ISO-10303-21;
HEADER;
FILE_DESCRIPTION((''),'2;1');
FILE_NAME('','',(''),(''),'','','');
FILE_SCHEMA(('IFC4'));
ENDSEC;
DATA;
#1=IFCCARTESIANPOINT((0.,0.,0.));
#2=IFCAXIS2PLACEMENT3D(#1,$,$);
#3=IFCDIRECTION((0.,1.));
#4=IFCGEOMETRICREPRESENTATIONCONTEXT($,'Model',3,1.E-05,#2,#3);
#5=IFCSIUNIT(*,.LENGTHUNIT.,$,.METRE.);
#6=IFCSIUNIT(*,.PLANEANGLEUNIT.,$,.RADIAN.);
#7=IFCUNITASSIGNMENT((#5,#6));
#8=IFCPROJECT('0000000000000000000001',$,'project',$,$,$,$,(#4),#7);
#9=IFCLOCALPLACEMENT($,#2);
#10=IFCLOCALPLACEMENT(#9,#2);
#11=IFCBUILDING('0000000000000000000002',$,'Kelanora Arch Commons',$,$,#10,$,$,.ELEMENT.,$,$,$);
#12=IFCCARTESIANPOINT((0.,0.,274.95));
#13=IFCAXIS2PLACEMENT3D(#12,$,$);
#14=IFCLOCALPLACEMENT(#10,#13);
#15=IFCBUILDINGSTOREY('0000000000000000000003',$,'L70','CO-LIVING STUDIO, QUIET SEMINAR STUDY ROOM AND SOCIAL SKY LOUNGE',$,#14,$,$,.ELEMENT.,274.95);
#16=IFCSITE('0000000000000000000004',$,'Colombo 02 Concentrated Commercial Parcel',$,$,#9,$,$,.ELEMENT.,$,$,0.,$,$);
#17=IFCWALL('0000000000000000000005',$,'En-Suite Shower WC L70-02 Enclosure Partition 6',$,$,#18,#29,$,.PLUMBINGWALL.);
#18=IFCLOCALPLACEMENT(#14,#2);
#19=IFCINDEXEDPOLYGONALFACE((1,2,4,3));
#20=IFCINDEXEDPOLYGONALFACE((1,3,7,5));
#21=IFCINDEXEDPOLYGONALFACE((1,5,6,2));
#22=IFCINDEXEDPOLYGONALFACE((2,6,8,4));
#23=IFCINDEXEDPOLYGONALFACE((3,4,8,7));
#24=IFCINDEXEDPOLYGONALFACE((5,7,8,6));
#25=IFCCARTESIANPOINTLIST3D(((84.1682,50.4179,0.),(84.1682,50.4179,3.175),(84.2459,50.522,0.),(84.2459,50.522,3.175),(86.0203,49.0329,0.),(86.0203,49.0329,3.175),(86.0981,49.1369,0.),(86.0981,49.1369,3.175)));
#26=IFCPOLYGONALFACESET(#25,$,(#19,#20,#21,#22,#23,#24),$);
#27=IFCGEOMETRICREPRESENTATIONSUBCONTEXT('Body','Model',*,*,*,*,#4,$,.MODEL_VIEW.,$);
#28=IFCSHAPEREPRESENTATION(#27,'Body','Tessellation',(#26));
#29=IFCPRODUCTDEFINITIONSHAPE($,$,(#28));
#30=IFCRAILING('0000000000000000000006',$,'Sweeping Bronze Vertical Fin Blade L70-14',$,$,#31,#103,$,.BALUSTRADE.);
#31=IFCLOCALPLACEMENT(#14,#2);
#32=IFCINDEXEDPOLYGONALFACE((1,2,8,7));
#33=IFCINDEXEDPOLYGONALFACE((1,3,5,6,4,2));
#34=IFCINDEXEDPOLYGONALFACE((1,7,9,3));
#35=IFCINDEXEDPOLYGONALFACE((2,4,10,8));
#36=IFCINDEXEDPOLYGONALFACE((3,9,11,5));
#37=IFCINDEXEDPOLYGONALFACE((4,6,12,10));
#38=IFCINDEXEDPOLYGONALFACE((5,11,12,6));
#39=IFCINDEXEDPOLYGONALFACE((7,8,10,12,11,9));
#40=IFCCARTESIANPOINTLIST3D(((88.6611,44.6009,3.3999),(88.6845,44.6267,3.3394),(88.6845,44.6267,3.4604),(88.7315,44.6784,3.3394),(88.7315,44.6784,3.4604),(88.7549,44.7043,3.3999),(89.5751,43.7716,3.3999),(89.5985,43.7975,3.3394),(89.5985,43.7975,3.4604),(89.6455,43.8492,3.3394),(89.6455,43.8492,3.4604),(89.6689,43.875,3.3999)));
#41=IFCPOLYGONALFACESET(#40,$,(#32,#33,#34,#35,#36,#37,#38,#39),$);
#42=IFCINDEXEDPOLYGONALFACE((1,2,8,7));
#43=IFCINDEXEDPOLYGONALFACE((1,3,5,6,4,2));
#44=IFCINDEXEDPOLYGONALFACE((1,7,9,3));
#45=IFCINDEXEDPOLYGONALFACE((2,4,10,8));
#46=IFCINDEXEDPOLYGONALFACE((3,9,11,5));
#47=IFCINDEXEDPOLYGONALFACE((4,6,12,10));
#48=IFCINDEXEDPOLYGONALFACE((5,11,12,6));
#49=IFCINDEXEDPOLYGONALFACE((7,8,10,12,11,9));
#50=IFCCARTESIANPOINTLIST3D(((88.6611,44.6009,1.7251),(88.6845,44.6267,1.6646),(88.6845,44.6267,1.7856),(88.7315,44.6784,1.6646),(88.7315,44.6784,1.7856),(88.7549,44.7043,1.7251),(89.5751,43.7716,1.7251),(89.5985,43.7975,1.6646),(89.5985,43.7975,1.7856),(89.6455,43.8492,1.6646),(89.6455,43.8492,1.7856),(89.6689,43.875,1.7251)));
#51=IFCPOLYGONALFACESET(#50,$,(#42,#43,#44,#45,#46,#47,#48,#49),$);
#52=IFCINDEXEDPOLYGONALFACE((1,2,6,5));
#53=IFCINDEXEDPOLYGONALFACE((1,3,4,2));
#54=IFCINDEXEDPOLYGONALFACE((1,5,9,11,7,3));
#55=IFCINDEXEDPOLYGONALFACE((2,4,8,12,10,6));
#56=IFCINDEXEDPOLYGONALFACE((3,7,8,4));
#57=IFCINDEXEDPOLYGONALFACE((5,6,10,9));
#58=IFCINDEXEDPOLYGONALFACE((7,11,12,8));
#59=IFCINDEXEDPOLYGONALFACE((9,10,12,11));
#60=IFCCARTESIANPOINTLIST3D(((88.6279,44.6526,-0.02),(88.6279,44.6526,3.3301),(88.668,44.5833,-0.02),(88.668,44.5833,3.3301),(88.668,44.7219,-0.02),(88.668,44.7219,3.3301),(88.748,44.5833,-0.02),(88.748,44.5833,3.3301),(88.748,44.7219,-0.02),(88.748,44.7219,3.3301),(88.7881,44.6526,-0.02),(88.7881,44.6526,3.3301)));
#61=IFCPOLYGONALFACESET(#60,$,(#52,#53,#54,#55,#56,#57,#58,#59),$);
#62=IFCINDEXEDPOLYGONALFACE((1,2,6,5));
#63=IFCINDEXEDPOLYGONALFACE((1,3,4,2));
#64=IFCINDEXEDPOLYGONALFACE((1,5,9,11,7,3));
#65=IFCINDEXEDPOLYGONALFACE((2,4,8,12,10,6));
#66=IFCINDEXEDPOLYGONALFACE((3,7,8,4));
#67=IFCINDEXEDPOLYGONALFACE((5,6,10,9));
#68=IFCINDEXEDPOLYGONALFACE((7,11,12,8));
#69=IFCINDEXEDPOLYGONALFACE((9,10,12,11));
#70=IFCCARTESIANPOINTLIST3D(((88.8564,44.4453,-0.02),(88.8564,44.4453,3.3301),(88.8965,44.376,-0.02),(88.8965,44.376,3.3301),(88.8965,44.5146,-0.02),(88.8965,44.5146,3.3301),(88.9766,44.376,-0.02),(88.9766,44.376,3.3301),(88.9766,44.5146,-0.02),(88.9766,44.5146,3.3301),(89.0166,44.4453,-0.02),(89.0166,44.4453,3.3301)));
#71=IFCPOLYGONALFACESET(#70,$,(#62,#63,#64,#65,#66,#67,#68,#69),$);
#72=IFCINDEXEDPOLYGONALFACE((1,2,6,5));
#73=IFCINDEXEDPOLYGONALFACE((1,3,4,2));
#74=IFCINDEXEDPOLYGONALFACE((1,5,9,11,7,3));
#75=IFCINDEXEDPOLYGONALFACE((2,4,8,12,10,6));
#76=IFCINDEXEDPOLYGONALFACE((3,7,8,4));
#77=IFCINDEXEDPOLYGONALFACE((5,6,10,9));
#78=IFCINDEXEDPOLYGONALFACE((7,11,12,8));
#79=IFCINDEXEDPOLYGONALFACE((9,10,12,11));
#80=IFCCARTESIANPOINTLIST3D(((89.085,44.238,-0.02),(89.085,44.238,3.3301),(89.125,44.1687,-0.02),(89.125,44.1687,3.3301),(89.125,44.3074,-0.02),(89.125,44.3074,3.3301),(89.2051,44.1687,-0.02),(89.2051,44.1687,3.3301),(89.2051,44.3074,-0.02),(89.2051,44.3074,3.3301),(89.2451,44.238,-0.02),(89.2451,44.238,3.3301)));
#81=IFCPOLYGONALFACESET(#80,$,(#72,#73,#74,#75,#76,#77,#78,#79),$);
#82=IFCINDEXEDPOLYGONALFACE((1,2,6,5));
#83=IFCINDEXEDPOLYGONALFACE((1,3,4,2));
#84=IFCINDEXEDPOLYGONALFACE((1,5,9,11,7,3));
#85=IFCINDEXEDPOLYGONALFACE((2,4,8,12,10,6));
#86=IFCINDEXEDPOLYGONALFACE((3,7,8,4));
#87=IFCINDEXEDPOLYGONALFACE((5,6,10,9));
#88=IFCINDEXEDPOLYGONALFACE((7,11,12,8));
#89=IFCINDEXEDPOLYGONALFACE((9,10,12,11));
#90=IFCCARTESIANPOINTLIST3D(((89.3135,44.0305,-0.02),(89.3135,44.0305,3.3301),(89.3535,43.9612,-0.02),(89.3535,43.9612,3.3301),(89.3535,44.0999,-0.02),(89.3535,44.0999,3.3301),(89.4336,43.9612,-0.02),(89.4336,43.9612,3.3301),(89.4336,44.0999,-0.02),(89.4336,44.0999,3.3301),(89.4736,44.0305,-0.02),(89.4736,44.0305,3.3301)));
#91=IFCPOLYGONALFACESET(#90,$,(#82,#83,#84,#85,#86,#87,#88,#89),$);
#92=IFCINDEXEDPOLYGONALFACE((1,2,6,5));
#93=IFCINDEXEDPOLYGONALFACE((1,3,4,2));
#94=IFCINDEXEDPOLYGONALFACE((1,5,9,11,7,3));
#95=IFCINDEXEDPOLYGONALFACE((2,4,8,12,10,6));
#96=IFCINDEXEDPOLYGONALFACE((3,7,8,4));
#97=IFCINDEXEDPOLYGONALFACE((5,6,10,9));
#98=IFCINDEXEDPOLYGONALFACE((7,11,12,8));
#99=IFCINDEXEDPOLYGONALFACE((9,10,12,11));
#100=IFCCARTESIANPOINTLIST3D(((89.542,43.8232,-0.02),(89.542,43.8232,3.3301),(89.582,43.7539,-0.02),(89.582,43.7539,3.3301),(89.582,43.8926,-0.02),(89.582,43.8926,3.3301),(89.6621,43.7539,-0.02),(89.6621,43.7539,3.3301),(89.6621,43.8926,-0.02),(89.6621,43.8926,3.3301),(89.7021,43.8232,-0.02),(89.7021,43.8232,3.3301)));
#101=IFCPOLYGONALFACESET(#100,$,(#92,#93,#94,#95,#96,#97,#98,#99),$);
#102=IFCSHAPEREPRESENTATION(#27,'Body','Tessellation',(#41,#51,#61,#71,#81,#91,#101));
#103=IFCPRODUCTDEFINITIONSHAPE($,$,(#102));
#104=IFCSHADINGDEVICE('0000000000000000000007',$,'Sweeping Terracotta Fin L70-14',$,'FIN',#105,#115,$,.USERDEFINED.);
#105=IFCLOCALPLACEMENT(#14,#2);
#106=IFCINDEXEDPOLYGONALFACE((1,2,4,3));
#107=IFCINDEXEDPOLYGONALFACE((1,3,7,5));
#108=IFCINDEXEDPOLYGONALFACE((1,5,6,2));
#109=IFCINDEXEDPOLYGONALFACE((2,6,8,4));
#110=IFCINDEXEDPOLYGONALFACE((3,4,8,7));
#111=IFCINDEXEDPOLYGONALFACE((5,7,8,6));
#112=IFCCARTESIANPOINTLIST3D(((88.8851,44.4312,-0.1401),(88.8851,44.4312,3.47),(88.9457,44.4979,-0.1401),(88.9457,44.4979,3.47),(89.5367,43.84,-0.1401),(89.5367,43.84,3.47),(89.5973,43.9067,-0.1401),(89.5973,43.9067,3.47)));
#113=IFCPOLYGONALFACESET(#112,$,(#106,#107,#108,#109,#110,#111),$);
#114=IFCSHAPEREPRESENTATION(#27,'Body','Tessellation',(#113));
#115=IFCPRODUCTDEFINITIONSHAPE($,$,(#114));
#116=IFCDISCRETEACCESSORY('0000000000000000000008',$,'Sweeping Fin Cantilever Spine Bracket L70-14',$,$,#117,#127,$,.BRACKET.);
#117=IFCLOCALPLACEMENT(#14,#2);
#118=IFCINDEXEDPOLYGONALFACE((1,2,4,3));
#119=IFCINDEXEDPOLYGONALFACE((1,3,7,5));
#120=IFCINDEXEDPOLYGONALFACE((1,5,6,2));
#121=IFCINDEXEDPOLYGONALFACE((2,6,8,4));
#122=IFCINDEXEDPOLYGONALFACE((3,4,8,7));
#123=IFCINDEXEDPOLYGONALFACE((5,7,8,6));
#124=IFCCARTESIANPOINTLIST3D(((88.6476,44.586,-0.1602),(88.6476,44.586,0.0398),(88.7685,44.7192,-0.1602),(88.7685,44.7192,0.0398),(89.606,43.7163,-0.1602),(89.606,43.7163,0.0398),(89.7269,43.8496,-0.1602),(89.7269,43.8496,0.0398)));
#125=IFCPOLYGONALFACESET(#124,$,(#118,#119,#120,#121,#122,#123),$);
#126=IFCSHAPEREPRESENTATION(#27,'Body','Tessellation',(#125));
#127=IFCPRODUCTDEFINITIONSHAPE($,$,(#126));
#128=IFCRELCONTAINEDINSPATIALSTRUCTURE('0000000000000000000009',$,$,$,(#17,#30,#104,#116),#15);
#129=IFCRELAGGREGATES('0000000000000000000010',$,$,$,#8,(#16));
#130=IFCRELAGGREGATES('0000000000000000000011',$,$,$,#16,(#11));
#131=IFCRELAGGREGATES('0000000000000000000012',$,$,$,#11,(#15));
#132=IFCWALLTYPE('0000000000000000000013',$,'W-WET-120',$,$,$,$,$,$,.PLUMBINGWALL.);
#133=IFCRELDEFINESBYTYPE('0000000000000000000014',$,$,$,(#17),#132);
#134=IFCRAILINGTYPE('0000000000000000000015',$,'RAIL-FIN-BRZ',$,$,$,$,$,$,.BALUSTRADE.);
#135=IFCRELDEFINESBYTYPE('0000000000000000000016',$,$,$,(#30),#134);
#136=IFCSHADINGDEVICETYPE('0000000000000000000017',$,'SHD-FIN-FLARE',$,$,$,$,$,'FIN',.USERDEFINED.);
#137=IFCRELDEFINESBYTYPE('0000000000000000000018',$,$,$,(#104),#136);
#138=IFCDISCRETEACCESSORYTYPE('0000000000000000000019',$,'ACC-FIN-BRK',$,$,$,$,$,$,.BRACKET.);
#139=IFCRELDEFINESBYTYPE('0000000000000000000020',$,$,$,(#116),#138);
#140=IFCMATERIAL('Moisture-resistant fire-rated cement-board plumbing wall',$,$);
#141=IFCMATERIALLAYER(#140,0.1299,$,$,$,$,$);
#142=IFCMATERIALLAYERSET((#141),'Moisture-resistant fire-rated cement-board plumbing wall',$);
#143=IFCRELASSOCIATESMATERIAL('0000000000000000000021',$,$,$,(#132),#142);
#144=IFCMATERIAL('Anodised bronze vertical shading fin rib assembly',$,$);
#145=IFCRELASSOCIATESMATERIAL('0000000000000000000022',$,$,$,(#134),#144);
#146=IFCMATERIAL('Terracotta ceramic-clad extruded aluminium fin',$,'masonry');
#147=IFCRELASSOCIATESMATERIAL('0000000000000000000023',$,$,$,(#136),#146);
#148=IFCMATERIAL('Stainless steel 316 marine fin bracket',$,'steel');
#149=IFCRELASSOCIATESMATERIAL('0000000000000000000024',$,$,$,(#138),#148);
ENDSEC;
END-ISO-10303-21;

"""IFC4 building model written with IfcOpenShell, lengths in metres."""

from ifc_helpers import new_model, si_unit, direction, frame, frame_2d, origin, origin_2d, place, context, subcontext, project, spatial, polyline, rectangle, outline, extrude, source, transform, mapped, material, layer, layer_set, type_object, element, save


model = new_model("IFC4")

# Units and contexts
model_context = context("Model", 3, precision=1e-05, world=origin(), true_north=direction((0.0, 1.0)))
body_context = subcontext(model_context, "Body", "Model", "MODEL_VIEW")
ifc_project = project(units=[si_unit("LENGTHUNIT", "METRE"), si_unit("PLANEANGLEUNIT", "RADIAN")], contexts=[model_context])

# Site, building, storey
site_placement = place(None, origin())
site = spatial("IfcSite", under=ifc_project, at=site_placement, Name="Colombo 02 Concentrated Commercial Parcel", CompositionType="ELEMENT", RefElevation=0.0)
building_placement = place(site_placement, origin())
building = spatial("IfcBuilding", under=site, at=building_placement, Name="Kelanora Arch Commons", CompositionType="ELEMENT")
storey_placement = place(building_placement, frame((0.0, 0.0, 274.95)))
storey = spatial("IfcBuildingStorey", under=building, at=storey_placement, Name="L70", Description="CO-LIVING STUDIO, QUIET SEMINAR STUDY ROOM AND SOCIAL SKY LOUNGE", CompositionType="ELEMENT", Elevation=274.95)

# Wall
ifc_material_1 = material(Name="Moisture-resistant fire-rated cement-board plumbing wall")
ifc_layer_1 = layer(ifc_material_1, 0.1299)
ifc_layer_set_1 = layer_set([ifc_layer_1], Name="Moisture-resistant fire-rated cement-board plumbing wall")
wall_type_1 = type_object("IfcWallType", Name="W-WET-120", PredefinedType="PLUMBINGWALL", material=ifc_layer_set_1)
wall_1_placement = place(storey_placement, frame((86.0591, 49.085, 0.0), z_axis=(0.0, 0.0, 1.0), x_axis=(-0.800835, 0.598885, 0.0)))
element("IfcWall", 1, at=wall_1_placement, inside=storey, type_object=wall_type_1, Name="En-Suite Shower WC L70-02 Enclosure Partition 6", PredefinedType="PLUMBINGWALL", context=body_context, shape_type="SweptSolid", body=[
    extrude(rectangle(XDim=2.3127, YDim=0.1299, at=frame_2d((1.1562, 0.0))), origin(), (0.0, 0.0, 1.0), 3.175),
])

# Railing
ifc_material_2 = material(Name="Anodised bronze vertical shading fin rib assembly")
railing_type = type_object("IfcRailingType", Name="RAIL-FIN-BRZ", PredefinedType="BALUSTRADE", material=ifc_material_2)
railing_placement = place(storey_placement, frame((88.708, 44.6526, -0.02)))
element("IfcRailing", 2, at=railing_placement, inside=storey, type_object=railing_type, Name="Sweeping Bronze Vertical Fin Blade L70-14", PredefinedType="BALUSTRADE", context=body_context, shape_type="SweptSolid", body=[
    extrude(outline(polyline([(0.0698, 0.0), (0.0349, 0.0605), (-0.0349, 0.0605), (-0.0698, 0.0), (-0.0349, -0.0605), (0.0349, -0.0605), (0.0698, 0.0)])), frame((0.0, 0.0, 3.4199), z_axis=(0.740593, -0.671954, 0.0), x_axis=(0.671954, 0.740593, 0.0)), (0.0, 0.0, 1.0), 1.2341),
    extrude(outline(polyline([(0.0698, 0.0), (0.0349, 0.0605), (-0.0349, 0.0605), (-0.0698, 0.0), (-0.0349, -0.0605), (0.0349, -0.0605), (0.0698, 0.0)])), frame((0.0, 0.0, 1.7451), z_axis=(0.740593, -0.671954, 0.0), x_axis=(0.671954, 0.740593, 0.0)), (0.0, 0.0, 1.0), 1.2341),
    extrude(outline(polyline([(0.0801, 0.0), (0.04, 0.0693), (-0.04, 0.0693), (-0.0801, 0.0), (-0.04, -0.0693), (0.04, -0.0693), (0.0801, 0.0)])), origin(), (0.0, 0.0, 1.0), 3.3501),
    extrude(outline(polyline([(0.0801, 0.0), (0.04, 0.0693), (-0.04, 0.0693), (-0.0801, 0.0), (-0.04, -0.0693), (0.04, -0.0693), (0.0801, 0.0)])), frame((0.2285, -0.2073, 0.0)), (0.0, 0.0, 1.0), 3.3501),
    extrude(outline(polyline([(0.0801, 0.0), (0.04, 0.0693), (-0.04, 0.0693), (-0.0801, 0.0), (-0.04, -0.0693), (0.04, -0.0693), (0.0801, 0.0)])), frame((0.457, -0.4146, 0.0)), (0.0, 0.0, 1.0), 3.3501),
    extrude(outline(polyline([(0.0801, 0.0), (0.04, 0.0693), (-0.04, 0.0693), (-0.0801, 0.0), (-0.04, -0.0693), (0.04, -0.0693), (0.0801, 0.0)])), frame((0.6855, -0.6221, 0.0)), (0.0, 0.0, 1.0), 3.3501),
    extrude(outline(polyline([(0.0801, 0.0), (0.04, 0.0693), (-0.04, 0.0693), (-0.0801, 0.0), (-0.04, -0.0693), (0.04, -0.0693), (0.0801, 0.0)])), frame((0.9141, -0.8293, 0.0)), (0.0, 0.0, 1.0), 3.3501),
])

# Shading device
ifc_material_3 = material(Name="Terracotta ceramic-clad extruded aluminium fin", Category="masonry")
shading_device_type = type_object("IfcShadingDeviceType", Name="SHD-FIN-FLARE", ElementType="FIN", PredefinedType="USERDEFINED", material=ifc_material_3)
shared_shape_1 = source(origin(), body_context, "Body", "SweptSolid", [
    extrude(rectangle(XDim=0.8799, YDim=0.0901, at=origin_2d()), origin(), (0.0, 0.0, 1.0), 3.6101),
])
shading_device_placement = place(storey_placement, frame((89.2412, 44.1689, -0.1401), z_axis=(0.0, 0.0, 1.0), x_axis=(0.74057, -0.671979, 0.0)))
element("IfcShadingDevice", 3, at=shading_device_placement, inside=storey, type_object=shading_device_type, Name="Sweeping Terracotta Fin L70-14", ObjectType="FIN", PredefinedType="USERDEFINED", context=body_context, shape_type="MappedRepresentation", body=[
    mapped(shared_shape_1, transform((0.0, 0.0, 0.0), scale=1.0)),
])

# Discrete accessory
ifc_material_4 = material(Name="Stainless steel 316 marine fin bracket", Category="steel")
discrete_accessory_type = type_object("IfcDiscreteAccessoryType", Name="ACC-FIN-BRK", PredefinedType="BRACKET", material=ifc_material_4)
shared_shape_2 = source(origin(), body_context, "Body", "SweptSolid", [
    extrude(rectangle(XDim=1.2942, YDim=0.1799, at=origin_2d()), origin(), (0.0, 0.0, 1.0), 0.2),
])
discrete_accessory_placement = place(storey_placement, frame((89.1873, 44.2178, -0.1602), z_axis=(0.0, 0.0, 1.0), x_axis=(0.74057, -0.671979, 0.0)))
element("IfcDiscreteAccessory", 4, at=discrete_accessory_placement, inside=storey, type_object=discrete_accessory_type, Name="Sweeping Fin Cantilever Spine Bracket L70-14", PredefinedType="BRACKET", context=body_context, shape_type="MappedRepresentation", body=[
    mapped(shared_shape_2, transform((0.0, 0.0, 0.0), scale=1.0)),
])

save(model, "model.ifc")
